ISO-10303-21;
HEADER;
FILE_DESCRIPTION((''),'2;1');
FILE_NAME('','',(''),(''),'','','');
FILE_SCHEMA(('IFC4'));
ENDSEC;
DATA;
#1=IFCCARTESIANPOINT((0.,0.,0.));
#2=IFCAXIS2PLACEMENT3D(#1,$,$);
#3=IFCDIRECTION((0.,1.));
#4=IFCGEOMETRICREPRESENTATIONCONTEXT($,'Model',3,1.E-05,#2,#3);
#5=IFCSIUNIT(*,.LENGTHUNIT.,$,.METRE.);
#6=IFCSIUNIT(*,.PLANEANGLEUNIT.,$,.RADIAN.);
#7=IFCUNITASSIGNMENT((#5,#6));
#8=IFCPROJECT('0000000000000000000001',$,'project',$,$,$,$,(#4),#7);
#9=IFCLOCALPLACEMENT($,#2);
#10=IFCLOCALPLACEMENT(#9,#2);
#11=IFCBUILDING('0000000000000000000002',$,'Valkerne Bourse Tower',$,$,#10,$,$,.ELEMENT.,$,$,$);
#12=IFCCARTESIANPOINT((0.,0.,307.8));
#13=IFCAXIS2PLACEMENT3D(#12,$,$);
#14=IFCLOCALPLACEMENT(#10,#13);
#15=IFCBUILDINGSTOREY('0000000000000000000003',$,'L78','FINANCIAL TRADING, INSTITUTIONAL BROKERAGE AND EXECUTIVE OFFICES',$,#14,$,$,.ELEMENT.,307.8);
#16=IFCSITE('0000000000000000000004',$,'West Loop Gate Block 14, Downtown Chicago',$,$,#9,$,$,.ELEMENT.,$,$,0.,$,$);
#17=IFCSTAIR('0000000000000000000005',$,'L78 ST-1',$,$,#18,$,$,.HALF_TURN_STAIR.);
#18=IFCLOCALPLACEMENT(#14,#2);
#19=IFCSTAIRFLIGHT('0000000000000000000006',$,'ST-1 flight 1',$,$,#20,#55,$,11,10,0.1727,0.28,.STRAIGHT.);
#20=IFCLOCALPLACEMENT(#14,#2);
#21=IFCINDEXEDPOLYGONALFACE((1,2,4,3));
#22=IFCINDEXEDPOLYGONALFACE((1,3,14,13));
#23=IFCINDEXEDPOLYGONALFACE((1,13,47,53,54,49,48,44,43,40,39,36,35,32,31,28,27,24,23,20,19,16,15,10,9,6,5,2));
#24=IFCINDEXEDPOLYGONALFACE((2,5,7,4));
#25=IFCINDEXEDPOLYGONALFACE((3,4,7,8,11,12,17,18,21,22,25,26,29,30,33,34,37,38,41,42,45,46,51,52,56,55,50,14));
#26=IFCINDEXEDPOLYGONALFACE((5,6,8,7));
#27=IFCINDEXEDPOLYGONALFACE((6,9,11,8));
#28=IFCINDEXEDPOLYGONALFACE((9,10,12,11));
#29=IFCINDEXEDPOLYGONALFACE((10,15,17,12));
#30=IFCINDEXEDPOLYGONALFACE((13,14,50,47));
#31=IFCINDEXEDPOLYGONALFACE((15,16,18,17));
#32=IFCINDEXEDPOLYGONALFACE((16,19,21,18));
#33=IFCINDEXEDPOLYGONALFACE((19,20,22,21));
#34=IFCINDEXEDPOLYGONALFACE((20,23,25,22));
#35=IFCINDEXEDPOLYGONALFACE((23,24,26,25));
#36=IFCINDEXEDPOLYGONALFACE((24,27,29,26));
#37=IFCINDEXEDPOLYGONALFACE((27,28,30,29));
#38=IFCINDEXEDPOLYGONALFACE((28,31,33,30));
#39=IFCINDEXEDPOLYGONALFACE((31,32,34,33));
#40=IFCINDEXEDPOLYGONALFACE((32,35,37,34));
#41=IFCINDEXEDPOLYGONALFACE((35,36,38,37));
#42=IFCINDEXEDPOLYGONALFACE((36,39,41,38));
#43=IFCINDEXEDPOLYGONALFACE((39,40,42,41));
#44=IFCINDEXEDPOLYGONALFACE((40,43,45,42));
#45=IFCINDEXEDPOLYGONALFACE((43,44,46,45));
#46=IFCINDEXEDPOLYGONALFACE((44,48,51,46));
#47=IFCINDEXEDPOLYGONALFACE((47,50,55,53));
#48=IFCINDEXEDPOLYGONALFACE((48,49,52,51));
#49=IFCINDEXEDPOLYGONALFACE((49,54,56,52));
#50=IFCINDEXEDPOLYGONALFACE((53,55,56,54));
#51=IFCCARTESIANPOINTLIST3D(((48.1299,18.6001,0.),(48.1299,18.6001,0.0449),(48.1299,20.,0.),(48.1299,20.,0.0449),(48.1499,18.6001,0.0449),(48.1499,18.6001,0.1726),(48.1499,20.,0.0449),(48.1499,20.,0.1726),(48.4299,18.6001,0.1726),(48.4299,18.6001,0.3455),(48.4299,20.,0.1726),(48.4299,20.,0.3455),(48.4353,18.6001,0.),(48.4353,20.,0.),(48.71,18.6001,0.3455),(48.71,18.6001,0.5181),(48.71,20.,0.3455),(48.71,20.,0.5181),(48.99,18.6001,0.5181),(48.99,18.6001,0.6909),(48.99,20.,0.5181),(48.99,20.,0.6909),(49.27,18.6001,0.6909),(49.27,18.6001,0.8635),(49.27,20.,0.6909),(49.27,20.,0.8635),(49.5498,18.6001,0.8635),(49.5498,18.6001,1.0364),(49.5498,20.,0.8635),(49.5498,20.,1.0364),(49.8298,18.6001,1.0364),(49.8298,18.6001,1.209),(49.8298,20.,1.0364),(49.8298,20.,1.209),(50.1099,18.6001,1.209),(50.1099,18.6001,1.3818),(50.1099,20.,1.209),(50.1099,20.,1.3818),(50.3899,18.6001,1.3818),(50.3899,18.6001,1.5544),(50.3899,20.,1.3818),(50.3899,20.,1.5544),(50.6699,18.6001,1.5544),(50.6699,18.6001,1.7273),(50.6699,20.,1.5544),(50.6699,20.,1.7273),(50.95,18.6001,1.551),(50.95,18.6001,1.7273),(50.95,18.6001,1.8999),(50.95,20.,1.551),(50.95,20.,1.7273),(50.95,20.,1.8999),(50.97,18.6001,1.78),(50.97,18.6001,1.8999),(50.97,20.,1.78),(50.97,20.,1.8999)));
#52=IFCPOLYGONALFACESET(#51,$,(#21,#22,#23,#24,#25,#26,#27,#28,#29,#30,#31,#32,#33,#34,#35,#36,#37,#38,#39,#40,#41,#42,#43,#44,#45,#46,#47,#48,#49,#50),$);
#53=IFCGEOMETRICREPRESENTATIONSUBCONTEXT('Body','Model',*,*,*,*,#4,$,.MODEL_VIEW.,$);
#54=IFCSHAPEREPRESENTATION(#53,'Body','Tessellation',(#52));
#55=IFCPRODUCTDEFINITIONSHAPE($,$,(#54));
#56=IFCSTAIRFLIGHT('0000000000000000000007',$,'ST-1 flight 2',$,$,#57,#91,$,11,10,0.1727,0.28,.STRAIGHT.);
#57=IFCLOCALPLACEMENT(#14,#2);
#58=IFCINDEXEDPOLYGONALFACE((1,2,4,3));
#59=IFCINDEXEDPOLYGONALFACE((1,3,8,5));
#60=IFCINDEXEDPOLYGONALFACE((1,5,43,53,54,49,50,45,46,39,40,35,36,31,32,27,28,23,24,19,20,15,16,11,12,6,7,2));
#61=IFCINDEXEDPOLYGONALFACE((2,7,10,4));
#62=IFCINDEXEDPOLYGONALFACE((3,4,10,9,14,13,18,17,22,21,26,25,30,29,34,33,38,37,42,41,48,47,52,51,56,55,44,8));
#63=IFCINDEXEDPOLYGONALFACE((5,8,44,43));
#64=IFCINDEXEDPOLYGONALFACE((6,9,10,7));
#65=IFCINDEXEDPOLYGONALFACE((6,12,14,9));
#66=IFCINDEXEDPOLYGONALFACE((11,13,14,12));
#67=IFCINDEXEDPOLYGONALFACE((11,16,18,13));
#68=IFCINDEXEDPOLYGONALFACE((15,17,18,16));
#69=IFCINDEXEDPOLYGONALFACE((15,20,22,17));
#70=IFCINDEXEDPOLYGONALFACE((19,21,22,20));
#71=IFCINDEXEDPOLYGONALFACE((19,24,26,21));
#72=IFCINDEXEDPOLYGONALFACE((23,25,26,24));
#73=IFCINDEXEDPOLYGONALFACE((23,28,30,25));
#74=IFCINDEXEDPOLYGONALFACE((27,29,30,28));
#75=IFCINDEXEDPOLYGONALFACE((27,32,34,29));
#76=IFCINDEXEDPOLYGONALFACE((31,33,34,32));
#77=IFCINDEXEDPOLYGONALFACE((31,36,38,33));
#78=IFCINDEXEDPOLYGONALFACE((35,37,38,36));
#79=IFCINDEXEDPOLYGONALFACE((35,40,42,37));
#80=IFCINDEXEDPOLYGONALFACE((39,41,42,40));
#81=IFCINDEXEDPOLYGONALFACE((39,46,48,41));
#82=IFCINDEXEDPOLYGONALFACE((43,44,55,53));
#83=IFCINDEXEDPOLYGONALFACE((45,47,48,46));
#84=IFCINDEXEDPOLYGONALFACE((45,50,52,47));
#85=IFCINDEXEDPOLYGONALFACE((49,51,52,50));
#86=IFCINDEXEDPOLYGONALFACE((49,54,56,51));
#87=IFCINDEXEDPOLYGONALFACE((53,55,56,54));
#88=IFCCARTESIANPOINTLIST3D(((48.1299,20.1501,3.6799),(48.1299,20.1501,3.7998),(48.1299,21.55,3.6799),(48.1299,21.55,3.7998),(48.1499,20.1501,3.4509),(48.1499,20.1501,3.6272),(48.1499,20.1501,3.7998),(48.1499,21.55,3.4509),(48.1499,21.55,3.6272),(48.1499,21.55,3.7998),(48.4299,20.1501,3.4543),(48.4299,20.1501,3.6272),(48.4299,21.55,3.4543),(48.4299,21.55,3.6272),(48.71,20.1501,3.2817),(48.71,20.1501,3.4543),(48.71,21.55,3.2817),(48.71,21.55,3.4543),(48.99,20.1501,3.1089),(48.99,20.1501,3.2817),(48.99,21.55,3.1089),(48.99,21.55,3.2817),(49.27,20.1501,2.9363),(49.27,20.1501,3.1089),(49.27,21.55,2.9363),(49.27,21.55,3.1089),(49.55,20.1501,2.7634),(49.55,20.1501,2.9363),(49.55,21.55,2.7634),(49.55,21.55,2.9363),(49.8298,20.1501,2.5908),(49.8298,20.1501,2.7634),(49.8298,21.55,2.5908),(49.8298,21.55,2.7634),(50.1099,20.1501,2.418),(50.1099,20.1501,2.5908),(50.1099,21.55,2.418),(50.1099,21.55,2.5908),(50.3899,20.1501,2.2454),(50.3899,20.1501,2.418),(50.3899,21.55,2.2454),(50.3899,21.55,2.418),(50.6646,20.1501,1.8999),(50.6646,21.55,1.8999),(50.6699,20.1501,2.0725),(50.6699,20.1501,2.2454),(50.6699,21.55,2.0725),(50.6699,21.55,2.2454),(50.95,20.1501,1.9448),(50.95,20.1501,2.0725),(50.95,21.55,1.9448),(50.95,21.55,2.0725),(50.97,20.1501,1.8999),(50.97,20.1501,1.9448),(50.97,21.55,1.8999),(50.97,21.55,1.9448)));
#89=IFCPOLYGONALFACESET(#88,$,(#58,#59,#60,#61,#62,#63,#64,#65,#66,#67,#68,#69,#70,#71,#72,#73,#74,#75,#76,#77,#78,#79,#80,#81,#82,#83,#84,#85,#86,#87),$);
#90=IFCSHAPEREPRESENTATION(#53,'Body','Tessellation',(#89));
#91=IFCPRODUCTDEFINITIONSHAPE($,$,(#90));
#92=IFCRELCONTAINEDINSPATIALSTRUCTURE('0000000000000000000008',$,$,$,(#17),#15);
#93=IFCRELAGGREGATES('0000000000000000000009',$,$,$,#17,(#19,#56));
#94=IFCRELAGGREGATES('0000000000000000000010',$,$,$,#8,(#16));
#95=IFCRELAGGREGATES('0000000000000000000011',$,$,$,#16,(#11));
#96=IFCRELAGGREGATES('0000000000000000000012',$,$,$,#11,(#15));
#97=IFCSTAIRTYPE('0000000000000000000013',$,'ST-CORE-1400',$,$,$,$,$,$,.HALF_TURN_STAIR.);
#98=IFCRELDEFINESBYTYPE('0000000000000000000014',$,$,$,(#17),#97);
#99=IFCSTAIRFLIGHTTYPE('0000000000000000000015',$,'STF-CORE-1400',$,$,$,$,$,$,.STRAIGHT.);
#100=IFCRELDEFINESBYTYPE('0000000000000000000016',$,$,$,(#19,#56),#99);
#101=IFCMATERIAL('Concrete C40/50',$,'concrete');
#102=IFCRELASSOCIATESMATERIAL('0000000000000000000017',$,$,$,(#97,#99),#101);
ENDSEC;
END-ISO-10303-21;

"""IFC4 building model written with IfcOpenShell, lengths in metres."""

from ifc_helpers import new_model, si_unit, direction, frame, origin, place, context, subcontext, project, spatial, polyline, outline, extrude, material, type_object, element, aggregate, save


model = new_model("IFC4")

# Units and contexts
model_context = context("Model", 3, precision=1e-05, world=origin(), true_north=direction((0.0, 1.0)))
body_context = subcontext(model_context, "Body", "Model", "MODEL_VIEW")
ifc_project = project(units=[si_unit("LENGTHUNIT", "METRE"), si_unit("PLANEANGLEUNIT", "RADIAN")], contexts=[model_context])

# Site, building, storey
site_placement = place(None, origin())
site = spatial("IfcSite", under=ifc_project, at=site_placement, Name="West Loop Gate Block 14, Downtown Chicago", CompositionType="ELEMENT", RefElevation=0.0)
building_placement = place(site_placement, origin())
building = spatial("IfcBuilding", under=site, at=building_placement, Name="Valkerne Bourse Tower", CompositionType="ELEMENT")
storey_placement = place(building_placement, frame((0.0, 0.0, 307.8)))
storey = spatial("IfcBuildingStorey", under=building, at=storey_placement, Name="L78", Description="FINANCIAL TRADING, INSTITUTIONAL BROKERAGE AND EXECUTIVE OFFICES", CompositionType="ELEMENT", Elevation=307.8)

# Shared definitions
ifc_material_1 = material(Name="Concrete C40/50", Category="concrete")

# Stair, stair flights
stair_type = type_object("IfcStairType", Name="ST-CORE-1400", PredefinedType="HALF_TURN_STAIR", material=ifc_material_1)
stair_placement = place(storey_placement, origin())
stair = element("IfcStair", 1, at=stair_placement, inside=storey, type_object=stair_type, Name="L78 ST-1", PredefinedType="HALF_TURN_STAIR")
stair_flight_type = type_object("IfcStairFlightType", Name="STF-CORE-1400", PredefinedType="STRAIGHT", material=ifc_material_1)
stair_flight_1_placement = place(storey_placement, frame((48.1499, 19.3, 0.0), z_axis=(0.0, 0.0, 1.0), x_axis=(1.0, 0.0, 0.0)))
stair_flight_1 = element("IfcStairFlight", 2, at=stair_flight_1_placement, type_object=stair_flight_type, Name="ST-1 flight 1", NumberOfRisers=11, NumberOfTreads=10, PredefinedType="STRAIGHT", RiserHeight=0.1727, TreadLength=0.28, context=body_context, shape_type="SweptSolid", body=[
    extrude(outline(polyline([(-0.02, 0.0), (-0.02, 0.0449), (0.0, 0.0449), (0.0, 0.1726), (0.28, 0.1726), (0.28, 0.3455), (0.5601, 0.3455), (0.5601, 0.5181), (0.8401, 0.5181), (0.8401, 0.6909), (1.1201, 0.6909), (1.1201, 0.8635), (1.3999, 0.8635), (1.3999, 1.0364), (1.6799, 1.0364), (1.6799, 1.209), (1.96, 1.209), (1.96, 1.3818), (2.24, 1.3818), (2.24, 1.5544), (2.52, 1.5544), (2.52, 1.7273), (2.8, 1.7273), (2.8, 1.8999), (2.8201, 1.8999), (2.8201, 1.78), (2.8, 1.551), (0.2854, 0.0), (-0.02, 0.0)])), frame((0.0, 0.7, 0.0), z_axis=(0.0, -1.0, 0.0), x_axis=(1.0, 0.0, 0.0)), (0.0, 0.0, 1.0), 1.3999),
])
stair_flight_2_placement = place(storey_placement, frame((50.95, 20.8501, 1.8999), z_axis=(0.0, 0.0, 1.0), x_axis=(-1.0, 0.0, 0.0)))
stair_flight_2 = element("IfcStairFlight", 3, at=stair_flight_2_placement, type_object=stair_flight_type, Name="ST-1 flight 2", NumberOfRisers=11, NumberOfTreads=10, PredefinedType="STRAIGHT", RiserHeight=0.1727, TreadLength=0.28, context=body_context, shape_type="SweptSolid", body=[
    extrude(outline(polyline([(-0.02, 0.0), (-0.02, 0.0449), (0.0, 0.0449), (0.0, 0.1726), (0.28, 0.1726), (0.28, 0.3455), (0.5601, 0.3455), (0.5601, 0.5181), (0.8401, 0.5181), (0.8401, 0.6909), (1.1201, 0.6909), (1.1201, 0.8635), (1.3999, 0.8635), (1.3999, 1.0364), (1.6799, 1.0364), (1.6799, 1.209), (1.96, 1.209), (1.96, 1.3818), (2.24, 1.3818), (2.24, 1.5544), (2.52, 1.5544), (2.52, 1.7273), (2.8, 1.7273), (2.8, 1.8999), (2.8201, 1.8999), (2.8201, 1.78), (2.8, 1.551), (0.2854, 0.0), (-0.02, 0.0)])), frame((0.0, 0.7, 0.0), z_axis=(0.0, -1.0, 0.0), x_axis=(1.0, 0.0, 0.0)), (0.0, 0.0, 1.0), 1.3999),
])
aggregate(stair, [stair_flight_1, stair_flight_2])

save(model, "model.ifc")
